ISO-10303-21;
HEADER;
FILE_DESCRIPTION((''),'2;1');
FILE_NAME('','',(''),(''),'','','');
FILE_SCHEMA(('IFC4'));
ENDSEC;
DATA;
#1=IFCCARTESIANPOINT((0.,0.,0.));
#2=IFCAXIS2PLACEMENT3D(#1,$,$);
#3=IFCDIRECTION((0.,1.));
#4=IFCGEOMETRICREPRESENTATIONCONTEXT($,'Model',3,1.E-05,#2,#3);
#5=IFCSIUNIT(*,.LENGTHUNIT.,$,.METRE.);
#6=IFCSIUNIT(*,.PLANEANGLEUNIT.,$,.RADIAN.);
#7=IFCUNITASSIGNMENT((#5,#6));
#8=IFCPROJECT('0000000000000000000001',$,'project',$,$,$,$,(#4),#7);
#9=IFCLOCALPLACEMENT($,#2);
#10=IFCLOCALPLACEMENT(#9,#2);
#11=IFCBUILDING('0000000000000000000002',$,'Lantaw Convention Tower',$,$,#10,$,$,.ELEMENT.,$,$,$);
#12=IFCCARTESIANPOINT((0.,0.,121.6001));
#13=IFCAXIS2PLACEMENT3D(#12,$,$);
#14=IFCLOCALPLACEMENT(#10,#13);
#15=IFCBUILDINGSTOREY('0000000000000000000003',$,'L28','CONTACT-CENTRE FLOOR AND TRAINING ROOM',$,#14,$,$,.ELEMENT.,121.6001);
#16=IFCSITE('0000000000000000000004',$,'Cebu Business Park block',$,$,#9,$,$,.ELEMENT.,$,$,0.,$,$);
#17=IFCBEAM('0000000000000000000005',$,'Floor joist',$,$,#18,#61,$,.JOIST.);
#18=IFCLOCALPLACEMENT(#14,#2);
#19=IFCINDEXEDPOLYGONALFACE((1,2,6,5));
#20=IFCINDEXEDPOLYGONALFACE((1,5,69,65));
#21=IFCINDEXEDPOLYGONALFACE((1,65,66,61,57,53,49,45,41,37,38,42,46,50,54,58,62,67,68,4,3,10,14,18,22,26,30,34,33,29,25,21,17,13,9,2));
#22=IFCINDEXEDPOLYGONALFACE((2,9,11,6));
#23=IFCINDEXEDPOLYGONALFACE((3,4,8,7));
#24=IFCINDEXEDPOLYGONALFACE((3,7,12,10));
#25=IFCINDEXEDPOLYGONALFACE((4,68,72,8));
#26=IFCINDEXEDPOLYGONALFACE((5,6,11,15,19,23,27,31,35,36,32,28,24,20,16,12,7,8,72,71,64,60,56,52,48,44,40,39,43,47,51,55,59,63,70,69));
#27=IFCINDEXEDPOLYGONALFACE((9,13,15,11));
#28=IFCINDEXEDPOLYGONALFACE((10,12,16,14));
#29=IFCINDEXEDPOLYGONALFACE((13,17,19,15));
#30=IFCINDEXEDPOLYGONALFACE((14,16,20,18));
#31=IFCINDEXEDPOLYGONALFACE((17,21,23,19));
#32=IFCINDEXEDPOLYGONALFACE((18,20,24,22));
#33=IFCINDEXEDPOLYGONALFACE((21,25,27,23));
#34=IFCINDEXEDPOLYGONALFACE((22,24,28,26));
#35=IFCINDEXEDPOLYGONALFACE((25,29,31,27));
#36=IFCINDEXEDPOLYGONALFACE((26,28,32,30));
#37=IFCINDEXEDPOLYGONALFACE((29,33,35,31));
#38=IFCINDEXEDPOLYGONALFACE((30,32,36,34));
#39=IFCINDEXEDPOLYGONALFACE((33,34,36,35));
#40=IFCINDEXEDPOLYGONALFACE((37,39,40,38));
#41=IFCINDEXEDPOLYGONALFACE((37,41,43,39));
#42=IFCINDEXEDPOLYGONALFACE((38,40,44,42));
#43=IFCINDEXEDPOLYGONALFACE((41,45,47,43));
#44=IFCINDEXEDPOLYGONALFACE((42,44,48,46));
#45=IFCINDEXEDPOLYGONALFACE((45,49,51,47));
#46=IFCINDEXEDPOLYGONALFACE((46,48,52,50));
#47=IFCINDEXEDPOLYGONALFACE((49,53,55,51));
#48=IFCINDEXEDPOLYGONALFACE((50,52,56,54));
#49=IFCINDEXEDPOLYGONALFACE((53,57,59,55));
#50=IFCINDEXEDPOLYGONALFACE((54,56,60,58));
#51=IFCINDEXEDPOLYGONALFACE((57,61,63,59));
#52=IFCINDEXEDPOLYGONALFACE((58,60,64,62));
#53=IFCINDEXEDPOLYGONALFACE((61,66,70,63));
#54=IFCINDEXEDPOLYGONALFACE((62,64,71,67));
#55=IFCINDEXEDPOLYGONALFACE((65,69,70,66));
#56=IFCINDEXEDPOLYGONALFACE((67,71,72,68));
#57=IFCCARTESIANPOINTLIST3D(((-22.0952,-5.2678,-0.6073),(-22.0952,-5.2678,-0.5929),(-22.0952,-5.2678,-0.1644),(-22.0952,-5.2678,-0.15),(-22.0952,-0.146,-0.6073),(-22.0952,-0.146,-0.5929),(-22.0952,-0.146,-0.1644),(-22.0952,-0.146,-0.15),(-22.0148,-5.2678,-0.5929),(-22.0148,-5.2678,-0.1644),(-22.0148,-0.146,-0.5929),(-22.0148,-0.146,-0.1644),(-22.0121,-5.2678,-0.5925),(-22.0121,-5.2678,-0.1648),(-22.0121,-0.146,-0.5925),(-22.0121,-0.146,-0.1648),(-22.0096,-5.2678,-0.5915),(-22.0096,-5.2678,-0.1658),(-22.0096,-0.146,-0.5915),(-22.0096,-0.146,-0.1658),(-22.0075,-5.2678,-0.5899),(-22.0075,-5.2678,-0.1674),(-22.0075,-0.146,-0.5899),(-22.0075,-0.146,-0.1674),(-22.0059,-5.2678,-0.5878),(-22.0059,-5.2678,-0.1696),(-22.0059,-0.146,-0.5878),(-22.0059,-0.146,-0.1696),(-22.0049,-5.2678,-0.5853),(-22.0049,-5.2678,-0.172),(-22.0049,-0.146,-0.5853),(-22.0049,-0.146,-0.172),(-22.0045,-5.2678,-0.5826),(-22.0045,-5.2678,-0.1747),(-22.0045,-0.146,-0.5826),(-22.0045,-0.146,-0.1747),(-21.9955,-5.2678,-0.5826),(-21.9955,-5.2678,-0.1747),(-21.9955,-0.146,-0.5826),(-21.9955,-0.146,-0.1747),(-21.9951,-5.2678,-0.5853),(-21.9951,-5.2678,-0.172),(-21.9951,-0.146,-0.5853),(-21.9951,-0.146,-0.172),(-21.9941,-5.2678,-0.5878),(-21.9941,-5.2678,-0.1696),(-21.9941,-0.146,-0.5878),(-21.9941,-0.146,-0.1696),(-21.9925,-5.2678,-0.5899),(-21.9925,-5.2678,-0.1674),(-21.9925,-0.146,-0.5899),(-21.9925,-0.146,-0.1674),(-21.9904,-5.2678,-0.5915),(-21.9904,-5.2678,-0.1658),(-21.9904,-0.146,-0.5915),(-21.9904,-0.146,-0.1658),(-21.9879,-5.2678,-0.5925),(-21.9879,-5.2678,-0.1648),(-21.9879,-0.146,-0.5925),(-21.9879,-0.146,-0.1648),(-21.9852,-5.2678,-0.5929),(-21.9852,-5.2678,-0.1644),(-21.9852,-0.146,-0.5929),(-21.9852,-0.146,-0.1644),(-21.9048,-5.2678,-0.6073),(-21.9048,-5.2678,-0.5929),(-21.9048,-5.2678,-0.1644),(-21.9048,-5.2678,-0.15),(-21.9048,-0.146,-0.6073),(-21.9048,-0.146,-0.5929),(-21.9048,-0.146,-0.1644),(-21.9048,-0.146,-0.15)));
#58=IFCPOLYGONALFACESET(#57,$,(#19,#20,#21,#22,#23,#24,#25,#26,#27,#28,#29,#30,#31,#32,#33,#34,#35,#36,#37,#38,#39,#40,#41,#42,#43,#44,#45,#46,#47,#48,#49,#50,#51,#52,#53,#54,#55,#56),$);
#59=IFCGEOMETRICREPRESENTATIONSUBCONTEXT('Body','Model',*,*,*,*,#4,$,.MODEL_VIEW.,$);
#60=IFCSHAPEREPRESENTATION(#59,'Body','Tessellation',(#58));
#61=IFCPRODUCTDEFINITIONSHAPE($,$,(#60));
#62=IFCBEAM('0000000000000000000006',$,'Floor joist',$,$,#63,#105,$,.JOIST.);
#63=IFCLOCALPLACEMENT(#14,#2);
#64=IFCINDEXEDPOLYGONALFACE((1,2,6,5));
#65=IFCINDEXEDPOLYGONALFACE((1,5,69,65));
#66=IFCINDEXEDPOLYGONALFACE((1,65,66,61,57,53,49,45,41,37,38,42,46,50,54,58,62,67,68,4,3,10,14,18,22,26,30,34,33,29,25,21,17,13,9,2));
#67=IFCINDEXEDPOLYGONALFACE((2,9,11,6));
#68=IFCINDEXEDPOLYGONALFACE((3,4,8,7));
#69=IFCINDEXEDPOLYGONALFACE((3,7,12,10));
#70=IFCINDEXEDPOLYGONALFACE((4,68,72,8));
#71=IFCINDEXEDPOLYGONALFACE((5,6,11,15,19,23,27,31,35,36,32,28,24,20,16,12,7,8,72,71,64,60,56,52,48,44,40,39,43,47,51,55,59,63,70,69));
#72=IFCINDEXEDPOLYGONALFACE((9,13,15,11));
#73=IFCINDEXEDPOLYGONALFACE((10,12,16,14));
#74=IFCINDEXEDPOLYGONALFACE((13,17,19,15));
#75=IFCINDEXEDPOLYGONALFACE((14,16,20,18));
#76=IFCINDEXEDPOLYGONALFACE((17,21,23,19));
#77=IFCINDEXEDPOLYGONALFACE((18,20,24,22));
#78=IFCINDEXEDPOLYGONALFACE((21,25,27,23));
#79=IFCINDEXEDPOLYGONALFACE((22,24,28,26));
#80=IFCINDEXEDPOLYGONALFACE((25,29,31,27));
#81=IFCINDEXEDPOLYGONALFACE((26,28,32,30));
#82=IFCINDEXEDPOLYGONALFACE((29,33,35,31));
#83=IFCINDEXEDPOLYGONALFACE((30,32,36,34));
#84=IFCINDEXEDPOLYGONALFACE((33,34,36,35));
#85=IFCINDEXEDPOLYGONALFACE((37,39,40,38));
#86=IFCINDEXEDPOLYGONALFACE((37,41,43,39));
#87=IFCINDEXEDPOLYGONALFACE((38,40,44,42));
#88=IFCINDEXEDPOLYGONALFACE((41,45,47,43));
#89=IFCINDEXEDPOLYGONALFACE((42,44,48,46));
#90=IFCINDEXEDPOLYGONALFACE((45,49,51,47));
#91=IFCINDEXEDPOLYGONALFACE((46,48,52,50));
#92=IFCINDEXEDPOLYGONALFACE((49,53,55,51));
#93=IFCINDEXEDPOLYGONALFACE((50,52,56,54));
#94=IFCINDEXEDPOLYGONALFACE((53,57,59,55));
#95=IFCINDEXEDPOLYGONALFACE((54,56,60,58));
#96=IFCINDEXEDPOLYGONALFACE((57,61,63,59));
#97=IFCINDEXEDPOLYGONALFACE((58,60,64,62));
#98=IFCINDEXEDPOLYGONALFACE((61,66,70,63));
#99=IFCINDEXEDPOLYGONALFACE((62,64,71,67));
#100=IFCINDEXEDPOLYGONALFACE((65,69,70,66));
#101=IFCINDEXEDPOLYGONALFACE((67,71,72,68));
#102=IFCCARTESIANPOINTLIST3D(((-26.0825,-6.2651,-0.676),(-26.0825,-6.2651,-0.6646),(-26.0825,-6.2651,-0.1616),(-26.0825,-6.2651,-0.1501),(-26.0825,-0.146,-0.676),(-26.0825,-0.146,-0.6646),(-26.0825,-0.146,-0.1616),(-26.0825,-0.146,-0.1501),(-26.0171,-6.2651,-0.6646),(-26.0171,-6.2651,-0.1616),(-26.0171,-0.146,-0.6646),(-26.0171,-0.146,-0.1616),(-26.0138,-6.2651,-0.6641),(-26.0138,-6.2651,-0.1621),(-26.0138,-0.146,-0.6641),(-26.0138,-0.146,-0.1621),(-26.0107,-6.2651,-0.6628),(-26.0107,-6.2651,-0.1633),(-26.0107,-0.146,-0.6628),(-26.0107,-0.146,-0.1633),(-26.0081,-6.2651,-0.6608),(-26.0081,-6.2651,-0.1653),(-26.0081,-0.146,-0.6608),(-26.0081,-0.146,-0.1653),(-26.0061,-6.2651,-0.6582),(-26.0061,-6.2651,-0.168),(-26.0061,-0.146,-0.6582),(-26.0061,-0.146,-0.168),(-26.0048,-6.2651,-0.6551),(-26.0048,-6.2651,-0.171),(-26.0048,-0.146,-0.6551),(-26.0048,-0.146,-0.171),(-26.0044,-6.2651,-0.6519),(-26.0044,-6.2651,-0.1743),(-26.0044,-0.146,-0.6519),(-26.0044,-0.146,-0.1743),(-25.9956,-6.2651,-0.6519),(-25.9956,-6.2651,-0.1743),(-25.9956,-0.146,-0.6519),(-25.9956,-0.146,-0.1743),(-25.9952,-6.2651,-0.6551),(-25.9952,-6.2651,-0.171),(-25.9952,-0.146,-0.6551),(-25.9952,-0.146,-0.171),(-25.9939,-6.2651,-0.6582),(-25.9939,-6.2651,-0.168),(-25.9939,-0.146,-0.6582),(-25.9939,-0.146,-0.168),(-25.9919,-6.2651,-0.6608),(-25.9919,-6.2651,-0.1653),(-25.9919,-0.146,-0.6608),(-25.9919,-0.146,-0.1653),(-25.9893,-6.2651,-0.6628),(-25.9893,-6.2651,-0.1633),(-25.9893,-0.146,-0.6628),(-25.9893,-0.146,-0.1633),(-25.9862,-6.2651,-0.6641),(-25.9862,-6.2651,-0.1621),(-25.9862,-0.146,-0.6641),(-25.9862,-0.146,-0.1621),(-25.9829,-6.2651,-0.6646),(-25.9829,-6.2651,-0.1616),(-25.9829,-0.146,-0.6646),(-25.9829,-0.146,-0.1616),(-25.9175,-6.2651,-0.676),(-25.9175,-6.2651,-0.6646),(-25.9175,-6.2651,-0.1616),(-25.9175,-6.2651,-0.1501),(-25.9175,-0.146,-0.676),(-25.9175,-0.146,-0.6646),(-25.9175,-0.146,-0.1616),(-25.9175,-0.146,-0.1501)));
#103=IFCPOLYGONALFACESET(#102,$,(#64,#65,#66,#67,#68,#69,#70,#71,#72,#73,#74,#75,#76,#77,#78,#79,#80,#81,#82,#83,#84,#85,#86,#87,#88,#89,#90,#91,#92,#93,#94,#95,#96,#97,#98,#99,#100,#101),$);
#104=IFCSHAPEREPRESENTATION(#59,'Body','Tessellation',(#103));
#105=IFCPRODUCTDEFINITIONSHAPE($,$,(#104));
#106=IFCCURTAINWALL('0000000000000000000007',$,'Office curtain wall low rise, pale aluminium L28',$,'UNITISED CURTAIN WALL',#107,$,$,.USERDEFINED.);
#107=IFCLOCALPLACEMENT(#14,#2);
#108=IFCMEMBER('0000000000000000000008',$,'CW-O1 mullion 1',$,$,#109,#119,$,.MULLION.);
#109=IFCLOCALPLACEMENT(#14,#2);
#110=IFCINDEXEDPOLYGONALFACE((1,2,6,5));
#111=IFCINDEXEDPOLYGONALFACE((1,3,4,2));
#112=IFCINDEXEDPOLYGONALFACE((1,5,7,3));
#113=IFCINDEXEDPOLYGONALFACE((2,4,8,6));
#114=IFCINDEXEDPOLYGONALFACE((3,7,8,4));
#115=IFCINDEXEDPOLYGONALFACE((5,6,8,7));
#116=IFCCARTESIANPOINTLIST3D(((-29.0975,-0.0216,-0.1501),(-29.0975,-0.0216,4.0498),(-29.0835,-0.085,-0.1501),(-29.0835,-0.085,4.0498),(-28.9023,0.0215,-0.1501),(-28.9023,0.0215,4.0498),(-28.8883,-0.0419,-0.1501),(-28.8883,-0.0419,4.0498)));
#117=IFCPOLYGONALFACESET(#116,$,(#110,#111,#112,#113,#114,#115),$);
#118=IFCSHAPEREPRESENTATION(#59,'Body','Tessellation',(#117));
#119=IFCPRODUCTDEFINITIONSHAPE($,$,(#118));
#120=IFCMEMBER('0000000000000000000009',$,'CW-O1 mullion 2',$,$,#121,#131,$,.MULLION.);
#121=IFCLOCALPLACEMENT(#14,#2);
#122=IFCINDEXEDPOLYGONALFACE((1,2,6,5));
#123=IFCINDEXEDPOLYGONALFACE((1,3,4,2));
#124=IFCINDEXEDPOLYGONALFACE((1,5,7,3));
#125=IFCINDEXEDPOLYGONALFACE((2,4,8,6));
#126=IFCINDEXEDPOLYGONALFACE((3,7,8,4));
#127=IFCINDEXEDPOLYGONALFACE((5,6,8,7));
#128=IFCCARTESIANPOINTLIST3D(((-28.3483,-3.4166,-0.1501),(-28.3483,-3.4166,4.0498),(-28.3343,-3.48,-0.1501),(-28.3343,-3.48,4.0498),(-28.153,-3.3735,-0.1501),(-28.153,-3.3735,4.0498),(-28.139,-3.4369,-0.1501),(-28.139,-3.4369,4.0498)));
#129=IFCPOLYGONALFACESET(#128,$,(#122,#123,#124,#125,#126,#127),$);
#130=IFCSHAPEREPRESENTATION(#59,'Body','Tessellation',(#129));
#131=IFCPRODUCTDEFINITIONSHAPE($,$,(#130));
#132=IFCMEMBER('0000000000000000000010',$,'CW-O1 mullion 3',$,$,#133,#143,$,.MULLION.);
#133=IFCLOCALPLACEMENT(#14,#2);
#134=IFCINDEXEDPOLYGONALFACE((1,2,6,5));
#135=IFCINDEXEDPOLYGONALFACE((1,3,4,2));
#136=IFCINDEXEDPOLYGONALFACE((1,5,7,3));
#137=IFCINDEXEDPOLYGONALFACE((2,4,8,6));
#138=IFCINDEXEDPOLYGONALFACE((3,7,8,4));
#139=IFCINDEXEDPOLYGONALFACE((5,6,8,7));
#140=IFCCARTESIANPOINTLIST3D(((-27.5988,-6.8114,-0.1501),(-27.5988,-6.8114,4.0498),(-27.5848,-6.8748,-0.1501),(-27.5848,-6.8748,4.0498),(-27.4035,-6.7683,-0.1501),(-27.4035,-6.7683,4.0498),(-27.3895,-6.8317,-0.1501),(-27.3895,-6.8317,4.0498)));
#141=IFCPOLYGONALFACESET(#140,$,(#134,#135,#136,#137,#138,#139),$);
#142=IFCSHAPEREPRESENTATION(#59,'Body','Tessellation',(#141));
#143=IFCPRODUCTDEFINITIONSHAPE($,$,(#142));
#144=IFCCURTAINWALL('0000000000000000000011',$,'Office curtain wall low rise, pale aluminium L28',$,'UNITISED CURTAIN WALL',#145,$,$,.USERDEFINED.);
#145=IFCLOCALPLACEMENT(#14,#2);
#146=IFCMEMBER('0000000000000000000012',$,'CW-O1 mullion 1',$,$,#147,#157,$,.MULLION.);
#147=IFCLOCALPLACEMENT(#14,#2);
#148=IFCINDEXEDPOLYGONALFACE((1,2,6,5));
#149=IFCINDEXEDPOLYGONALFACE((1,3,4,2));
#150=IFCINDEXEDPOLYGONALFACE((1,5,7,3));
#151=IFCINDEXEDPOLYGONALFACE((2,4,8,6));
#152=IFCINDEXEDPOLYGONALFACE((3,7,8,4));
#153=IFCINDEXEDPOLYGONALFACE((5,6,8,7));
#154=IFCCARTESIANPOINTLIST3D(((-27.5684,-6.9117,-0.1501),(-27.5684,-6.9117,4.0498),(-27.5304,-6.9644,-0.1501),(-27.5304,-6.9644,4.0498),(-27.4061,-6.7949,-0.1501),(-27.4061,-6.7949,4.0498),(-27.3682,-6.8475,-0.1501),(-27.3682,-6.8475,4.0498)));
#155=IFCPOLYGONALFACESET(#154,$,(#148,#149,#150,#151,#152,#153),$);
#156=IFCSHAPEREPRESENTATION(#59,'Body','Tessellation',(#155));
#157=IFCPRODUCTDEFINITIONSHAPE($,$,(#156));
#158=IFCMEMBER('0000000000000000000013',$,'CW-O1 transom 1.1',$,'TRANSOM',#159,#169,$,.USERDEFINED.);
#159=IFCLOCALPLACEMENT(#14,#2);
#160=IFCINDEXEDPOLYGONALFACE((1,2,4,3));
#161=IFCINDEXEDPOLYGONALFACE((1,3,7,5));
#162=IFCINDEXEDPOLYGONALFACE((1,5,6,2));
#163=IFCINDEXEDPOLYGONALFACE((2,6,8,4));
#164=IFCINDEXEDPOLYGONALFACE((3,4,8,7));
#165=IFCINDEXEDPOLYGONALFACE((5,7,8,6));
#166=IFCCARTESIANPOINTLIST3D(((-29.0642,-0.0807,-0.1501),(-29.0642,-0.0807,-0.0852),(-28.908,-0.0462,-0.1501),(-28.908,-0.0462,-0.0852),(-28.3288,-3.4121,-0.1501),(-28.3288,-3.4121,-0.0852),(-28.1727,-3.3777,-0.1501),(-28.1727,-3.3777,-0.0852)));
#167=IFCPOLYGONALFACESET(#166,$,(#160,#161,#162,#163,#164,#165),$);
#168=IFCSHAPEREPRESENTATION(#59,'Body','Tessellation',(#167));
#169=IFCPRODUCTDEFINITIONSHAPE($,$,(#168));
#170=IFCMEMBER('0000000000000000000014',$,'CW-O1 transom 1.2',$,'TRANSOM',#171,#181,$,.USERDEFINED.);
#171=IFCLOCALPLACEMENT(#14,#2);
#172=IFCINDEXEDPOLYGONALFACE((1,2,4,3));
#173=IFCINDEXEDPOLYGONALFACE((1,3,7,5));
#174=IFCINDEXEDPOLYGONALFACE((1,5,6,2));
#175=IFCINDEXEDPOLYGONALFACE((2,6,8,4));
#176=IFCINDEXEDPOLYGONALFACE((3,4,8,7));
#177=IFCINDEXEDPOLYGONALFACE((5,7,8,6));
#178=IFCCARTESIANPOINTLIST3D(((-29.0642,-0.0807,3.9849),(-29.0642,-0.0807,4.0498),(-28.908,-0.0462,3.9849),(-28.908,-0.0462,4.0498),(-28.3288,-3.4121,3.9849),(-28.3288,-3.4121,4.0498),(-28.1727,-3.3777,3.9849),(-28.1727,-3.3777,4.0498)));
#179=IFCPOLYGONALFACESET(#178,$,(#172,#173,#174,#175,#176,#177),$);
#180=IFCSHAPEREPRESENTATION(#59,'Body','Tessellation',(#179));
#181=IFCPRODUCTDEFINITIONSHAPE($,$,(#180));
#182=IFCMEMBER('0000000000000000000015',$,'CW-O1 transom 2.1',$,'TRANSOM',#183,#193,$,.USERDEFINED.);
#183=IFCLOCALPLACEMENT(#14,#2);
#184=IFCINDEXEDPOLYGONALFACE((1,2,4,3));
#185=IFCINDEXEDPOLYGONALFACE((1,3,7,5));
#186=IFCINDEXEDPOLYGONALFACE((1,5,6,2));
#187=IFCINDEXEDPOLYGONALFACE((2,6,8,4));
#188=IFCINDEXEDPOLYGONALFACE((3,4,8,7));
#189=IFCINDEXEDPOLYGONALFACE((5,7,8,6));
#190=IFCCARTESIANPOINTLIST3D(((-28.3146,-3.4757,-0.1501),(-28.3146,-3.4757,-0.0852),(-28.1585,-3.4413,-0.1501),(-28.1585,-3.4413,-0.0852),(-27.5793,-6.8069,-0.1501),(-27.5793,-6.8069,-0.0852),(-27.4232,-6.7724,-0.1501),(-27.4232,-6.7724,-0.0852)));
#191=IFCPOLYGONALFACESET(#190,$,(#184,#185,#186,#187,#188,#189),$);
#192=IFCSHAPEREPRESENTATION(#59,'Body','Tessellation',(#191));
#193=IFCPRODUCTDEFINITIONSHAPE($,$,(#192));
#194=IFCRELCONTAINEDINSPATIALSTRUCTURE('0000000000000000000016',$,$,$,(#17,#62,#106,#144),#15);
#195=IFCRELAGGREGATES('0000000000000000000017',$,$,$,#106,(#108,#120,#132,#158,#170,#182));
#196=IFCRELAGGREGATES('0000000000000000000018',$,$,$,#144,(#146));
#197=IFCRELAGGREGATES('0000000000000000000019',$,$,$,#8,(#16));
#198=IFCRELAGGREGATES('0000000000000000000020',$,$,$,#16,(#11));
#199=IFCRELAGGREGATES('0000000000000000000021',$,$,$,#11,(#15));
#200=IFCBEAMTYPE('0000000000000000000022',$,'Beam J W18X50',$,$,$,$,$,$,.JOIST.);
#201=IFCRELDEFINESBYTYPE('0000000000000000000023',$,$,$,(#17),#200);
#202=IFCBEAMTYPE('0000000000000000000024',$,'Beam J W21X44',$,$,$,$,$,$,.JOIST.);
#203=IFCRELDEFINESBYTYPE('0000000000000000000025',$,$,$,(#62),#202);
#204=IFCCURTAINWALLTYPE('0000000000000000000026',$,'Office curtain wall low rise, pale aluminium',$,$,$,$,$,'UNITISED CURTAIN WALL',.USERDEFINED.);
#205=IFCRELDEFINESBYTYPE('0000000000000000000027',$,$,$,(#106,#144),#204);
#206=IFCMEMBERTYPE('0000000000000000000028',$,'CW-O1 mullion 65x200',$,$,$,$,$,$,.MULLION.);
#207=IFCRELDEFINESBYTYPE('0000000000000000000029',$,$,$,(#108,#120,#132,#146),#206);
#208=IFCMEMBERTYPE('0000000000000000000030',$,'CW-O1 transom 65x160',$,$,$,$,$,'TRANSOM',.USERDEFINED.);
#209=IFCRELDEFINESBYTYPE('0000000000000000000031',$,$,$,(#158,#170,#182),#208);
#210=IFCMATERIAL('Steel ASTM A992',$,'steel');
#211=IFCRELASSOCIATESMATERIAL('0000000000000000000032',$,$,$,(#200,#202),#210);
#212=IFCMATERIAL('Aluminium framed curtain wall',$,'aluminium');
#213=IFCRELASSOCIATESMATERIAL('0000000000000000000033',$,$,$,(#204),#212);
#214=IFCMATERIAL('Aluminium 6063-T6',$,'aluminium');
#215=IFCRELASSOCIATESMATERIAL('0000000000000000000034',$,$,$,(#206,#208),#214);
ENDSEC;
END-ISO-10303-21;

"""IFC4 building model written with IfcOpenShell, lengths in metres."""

from ifc_helpers import new_model, si_unit, direction, frame, origin, origin_2d, place, context, subcontext, project, spatial, rectangle, i_section, extrude, material, material_profile, profile_set, type_object, element, aggregate, save


model = new_model("IFC4")

# Units and contexts
model_context = context("Model", 3, precision=1e-05, world=origin(), true_north=direction((0.0, 1.0)))
body_context = subcontext(model_context, "Body", "Model", "MODEL_VIEW")
ifc_project = project(units=[si_unit("LENGTHUNIT", "METRE"), si_unit("PLANEANGLEUNIT", "RADIAN")], contexts=[model_context])

# Site, building, storey
site_placement = place(None, origin())
site = spatial("IfcSite", under=ifc_project, at=site_placement, Name="Cebu Business Park block", CompositionType="ELEMENT", RefElevation=0.0)
building_placement = place(site_placement, origin())
building = spatial("IfcBuilding", under=site, at=building_placement, Name="Lantaw Convention Tower", CompositionType="ELEMENT")
storey_placement = place(building_placement, frame((0.0, 0.0, 121.6001)))
storey = spatial("IfcBuildingStorey", under=building, at=storey_placement, Name="L28", Description="CONTACT-CENTRE FLOOR AND TRAINING ROOM", CompositionType="ELEMENT", Elevation=121.6001)

# Beams
ifc_material_1 = material(Name="Steel ASTM A992", Category="steel")
ifc_material_profile_1 = material_profile(ifc_material_1, i_section(OverallWidth=0.1904, OverallDepth=0.4573, WebThickness=0.009, FlangeThickness=0.0144, FilletRadius=0.0103, at=origin_2d()), Name="W18X50")
ifc_profile_set_1 = profile_set([ifc_material_profile_1], Name="Steel ASTM A992")
beam_type_1 = type_object("IfcBeamType", Name="Beam J W18X50", PredefinedType="JOIST", material=ifc_profile_set_1)
beam_1_placement = place(storey_placement, frame((-22.0, -5.2678, -0.3787), z_axis=(0.0, 1.0, 0.0), x_axis=(-1.0, 0.0, 0.0)))
element("IfcBeam", 1, at=beam_1_placement, inside=storey, type_object=beam_type_1, Name="Floor joist", PredefinedType="JOIST", context=body_context, shape_type="SweptSolid", body=[
    extrude(i_section(OverallWidth=0.1904, OverallDepth=0.4573, WebThickness=0.009, FlangeThickness=0.0144, FilletRadius=0.0103, at=origin_2d()), origin(), (0.0, 0.0, 1.0), 5.1218),
])
ifc_material_profile_2 = material_profile(ifc_material_1, i_section(OverallWidth=0.165, OverallDepth=0.5259, WebThickness=0.0088, FlangeThickness=0.0115, FilletRadius=0.0127, at=origin_2d()), Name="W21X44")
ifc_profile_set_2 = profile_set([ifc_material_profile_2], Name="Steel ASTM A992")
beam_type_2 = type_object("IfcBeamType", Name="Beam J W21X44", PredefinedType="JOIST", material=ifc_profile_set_2)
beam_2_placement = place(storey_placement, frame((-26.0, -6.2651, -0.4131), z_axis=(0.0, 1.0, 0.0), x_axis=(-1.0, 0.0, 0.0)))
element("IfcBeam", 2, at=beam_2_placement, inside=storey, type_object=beam_type_2, Name="Floor joist", PredefinedType="JOIST", context=body_context, shape_type="SweptSolid", body=[
    extrude(i_section(OverallWidth=0.165, OverallDepth=0.5259, WebThickness=0.0088, FlangeThickness=0.0115, FilletRadius=0.0127, at=origin_2d()), origin(), (0.0, 0.0, 1.0), 6.1191),
])

# Curtain wall, members
ifc_material_2 = material(Name="Aluminium framed curtain wall", Category="aluminium")
curtain_wall_type = type_object("IfcCurtainWallType", Name="Office curtain wall low rise, pale aluminium", ElementType="UNITISED CURTAIN WALL", PredefinedType="USERDEFINED", material=ifc_material_2)
curtain_wall_1_placement = place(storey_placement, origin())
curtain_wall_1 = element("IfcCurtainWall", 3, at=curtain_wall_1_placement, inside=storey, type_object=curtain_wall_type, Name="Office curtain wall low rise, pale aluminium L28", ObjectType="UNITISED CURTAIN WALL", PredefinedType="USERDEFINED")
ifc_material_3 = material(Name="Aluminium 6063-T6", Category="aluminium")
ifc_material_profile_3 = material_profile(ifc_material_3, rectangle(XDim=0.2, YDim=0.0649, at=origin_2d()), Name="CW-O1 mullion 65x200")
ifc_profile_set_3 = profile_set([ifc_material_profile_3], Name="Aluminium 6063-T6")
member_type_1 = type_object("IfcMemberType", Name="CW-O1 mullion 65x200", PredefinedType="MULLION", material=ifc_profile_set_3)
member_1_placement = place(storey_placement, frame((-28.9929, -0.0317, -0.1501), z_axis=(0.0, 0.0, 1.0), x_axis=(0.976494, 0.215546, 0.0)))
member_1 = element("IfcMember", 4, at=member_1_placement, type_object=member_type_1, Name="CW-O1 mullion 1", PredefinedType="MULLION", context=body_context, shape_type="SweptSolid", body=[
    extrude(rectangle(XDim=0.2, YDim=0.0649, at=origin_2d()), origin(), (0.0, 0.0, 1.0), 4.2),
])
member_2_placement = place(storey_placement, frame((-28.2437, -3.4268, -0.1501), z_axis=(0.0, 0.0, 1.0), x_axis=(0.976494, 0.215546, 0.0)))
member_2 = element("IfcMember", 5, at=member_2_placement, type_object=member_type_1, Name="CW-O1 mullion 2", PredefinedType="MULLION", context=body_context, shape_type="SweptSolid", body=[
    extrude(rectangle(XDim=0.2, YDim=0.0649, at=origin_2d()), origin(), (0.0, 0.0, 1.0), 4.2),
])
member_3_placement = place(storey_placement, frame((-27.4941, -6.8215, -0.1501), z_axis=(0.0, 0.0, 1.0), x_axis=(0.976494, 0.215546, 0.0)))
member_3 = element("IfcMember", 6, at=member_3_placement, type_object=member_type_1, Name="CW-O1 mullion 3", PredefinedType="MULLION", context=body_context, shape_type="SweptSolid", body=[
    extrude(rectangle(XDim=0.2, YDim=0.0649, at=origin_2d()), origin(), (0.0, 0.0, 1.0), 4.2),
])

# Curtain wall, member
curtain_wall_2_placement = place(storey_placement, origin())
curtain_wall_2 = element("IfcCurtainWall", 7, at=curtain_wall_2_placement, inside=storey, type_object=curtain_wall_type, Name="Office curtain wall low rise, pale aluminium L28", ObjectType="UNITISED CURTAIN WALL", PredefinedType="USERDEFINED")
member_4_placement = place(storey_placement, frame((-27.4683, -6.8796, -0.1501), z_axis=(0.0, 0.0, 1.0), x_axis=(0.811385, 0.584513, 0.0)))
member_4 = element("IfcMember", 8, at=member_4_placement, type_object=member_type_1, Name="CW-O1 mullion 1", PredefinedType="MULLION", context=body_context, shape_type="SweptSolid", body=[
    extrude(rectangle(XDim=0.2, YDim=0.0649, at=origin_2d()), origin(), (0.0, 0.0, 1.0), 4.2),
])

# Members
ifc_material_profile_4 = material_profile(ifc_material_3, rectangle(XDim=0.1599, YDim=0.0649, at=origin_2d()), Name="CW-O1 transom 65x160")
ifc_profile_set_4 = profile_set([ifc_material_profile_4], Name="Aluminium 6063-T6")
member_type_2 = type_object("IfcMemberType", Name="CW-O1 transom 65x160", ElementType="TRANSOM", PredefinedType="USERDEFINED", material=ifc_profile_set_4)
member_5_placement = place(storey_placement, frame((-28.9861, -0.0635, -0.1177), z_axis=(0.215536, -0.976496, 0.0), x_axis=(0.976496, 0.215536, 0.0)))
member_5 = element("IfcMember", 9, at=member_5_placement, type_object=member_type_2, Name="CW-O1 transom 1.1", ObjectType="TRANSOM", PredefinedType="USERDEFINED", context=body_context, shape_type="SweptSolid", body=[
    extrude(rectangle(XDim=0.1599, YDim=0.0649, at=origin_2d()), origin(), (0.0, 0.0, 1.0), 3.4116),
])
member_6_placement = place(storey_placement, frame((-28.9861, -0.0635, 4.0173), z_axis=(0.215536, -0.976496, 0.0), x_axis=(0.976496, 0.215536, 0.0)))
member_6 = element("IfcMember", 10, at=member_6_placement, type_object=member_type_2, Name="CW-O1 transom 1.2", ObjectType="TRANSOM", PredefinedType="USERDEFINED", context=body_context, shape_type="SweptSolid", body=[
    extrude(rectangle(XDim=0.1599, YDim=0.0649, at=origin_2d()), origin(), (0.0, 0.0, 1.0), 3.4116),
])
member_7_placement = place(storey_placement, frame((-28.2366, -3.4585, -0.1177), z_axis=(0.215551, -0.976493, 0.0), x_axis=(0.976493, 0.215551, 0.0)))
member_7 = element("IfcMember", 11, at=member_7_placement, type_object=member_type_2, Name="CW-O1 transom 2.1", ObjectType="TRANSOM", PredefinedType="USERDEFINED", context=body_context, shape_type="SweptSolid", body=[
    extrude(rectangle(XDim=0.1599, YDim=0.0649, at=origin_2d()), origin(), (0.0, 0.0, 1.0), 3.4114),
])

aggregate(curtain_wall_1, [member_1, member_2, member_3, member_5, member_6, member_7])
aggregate(curtain_wall_2, [member_4])

save(model, "model.ifc")
